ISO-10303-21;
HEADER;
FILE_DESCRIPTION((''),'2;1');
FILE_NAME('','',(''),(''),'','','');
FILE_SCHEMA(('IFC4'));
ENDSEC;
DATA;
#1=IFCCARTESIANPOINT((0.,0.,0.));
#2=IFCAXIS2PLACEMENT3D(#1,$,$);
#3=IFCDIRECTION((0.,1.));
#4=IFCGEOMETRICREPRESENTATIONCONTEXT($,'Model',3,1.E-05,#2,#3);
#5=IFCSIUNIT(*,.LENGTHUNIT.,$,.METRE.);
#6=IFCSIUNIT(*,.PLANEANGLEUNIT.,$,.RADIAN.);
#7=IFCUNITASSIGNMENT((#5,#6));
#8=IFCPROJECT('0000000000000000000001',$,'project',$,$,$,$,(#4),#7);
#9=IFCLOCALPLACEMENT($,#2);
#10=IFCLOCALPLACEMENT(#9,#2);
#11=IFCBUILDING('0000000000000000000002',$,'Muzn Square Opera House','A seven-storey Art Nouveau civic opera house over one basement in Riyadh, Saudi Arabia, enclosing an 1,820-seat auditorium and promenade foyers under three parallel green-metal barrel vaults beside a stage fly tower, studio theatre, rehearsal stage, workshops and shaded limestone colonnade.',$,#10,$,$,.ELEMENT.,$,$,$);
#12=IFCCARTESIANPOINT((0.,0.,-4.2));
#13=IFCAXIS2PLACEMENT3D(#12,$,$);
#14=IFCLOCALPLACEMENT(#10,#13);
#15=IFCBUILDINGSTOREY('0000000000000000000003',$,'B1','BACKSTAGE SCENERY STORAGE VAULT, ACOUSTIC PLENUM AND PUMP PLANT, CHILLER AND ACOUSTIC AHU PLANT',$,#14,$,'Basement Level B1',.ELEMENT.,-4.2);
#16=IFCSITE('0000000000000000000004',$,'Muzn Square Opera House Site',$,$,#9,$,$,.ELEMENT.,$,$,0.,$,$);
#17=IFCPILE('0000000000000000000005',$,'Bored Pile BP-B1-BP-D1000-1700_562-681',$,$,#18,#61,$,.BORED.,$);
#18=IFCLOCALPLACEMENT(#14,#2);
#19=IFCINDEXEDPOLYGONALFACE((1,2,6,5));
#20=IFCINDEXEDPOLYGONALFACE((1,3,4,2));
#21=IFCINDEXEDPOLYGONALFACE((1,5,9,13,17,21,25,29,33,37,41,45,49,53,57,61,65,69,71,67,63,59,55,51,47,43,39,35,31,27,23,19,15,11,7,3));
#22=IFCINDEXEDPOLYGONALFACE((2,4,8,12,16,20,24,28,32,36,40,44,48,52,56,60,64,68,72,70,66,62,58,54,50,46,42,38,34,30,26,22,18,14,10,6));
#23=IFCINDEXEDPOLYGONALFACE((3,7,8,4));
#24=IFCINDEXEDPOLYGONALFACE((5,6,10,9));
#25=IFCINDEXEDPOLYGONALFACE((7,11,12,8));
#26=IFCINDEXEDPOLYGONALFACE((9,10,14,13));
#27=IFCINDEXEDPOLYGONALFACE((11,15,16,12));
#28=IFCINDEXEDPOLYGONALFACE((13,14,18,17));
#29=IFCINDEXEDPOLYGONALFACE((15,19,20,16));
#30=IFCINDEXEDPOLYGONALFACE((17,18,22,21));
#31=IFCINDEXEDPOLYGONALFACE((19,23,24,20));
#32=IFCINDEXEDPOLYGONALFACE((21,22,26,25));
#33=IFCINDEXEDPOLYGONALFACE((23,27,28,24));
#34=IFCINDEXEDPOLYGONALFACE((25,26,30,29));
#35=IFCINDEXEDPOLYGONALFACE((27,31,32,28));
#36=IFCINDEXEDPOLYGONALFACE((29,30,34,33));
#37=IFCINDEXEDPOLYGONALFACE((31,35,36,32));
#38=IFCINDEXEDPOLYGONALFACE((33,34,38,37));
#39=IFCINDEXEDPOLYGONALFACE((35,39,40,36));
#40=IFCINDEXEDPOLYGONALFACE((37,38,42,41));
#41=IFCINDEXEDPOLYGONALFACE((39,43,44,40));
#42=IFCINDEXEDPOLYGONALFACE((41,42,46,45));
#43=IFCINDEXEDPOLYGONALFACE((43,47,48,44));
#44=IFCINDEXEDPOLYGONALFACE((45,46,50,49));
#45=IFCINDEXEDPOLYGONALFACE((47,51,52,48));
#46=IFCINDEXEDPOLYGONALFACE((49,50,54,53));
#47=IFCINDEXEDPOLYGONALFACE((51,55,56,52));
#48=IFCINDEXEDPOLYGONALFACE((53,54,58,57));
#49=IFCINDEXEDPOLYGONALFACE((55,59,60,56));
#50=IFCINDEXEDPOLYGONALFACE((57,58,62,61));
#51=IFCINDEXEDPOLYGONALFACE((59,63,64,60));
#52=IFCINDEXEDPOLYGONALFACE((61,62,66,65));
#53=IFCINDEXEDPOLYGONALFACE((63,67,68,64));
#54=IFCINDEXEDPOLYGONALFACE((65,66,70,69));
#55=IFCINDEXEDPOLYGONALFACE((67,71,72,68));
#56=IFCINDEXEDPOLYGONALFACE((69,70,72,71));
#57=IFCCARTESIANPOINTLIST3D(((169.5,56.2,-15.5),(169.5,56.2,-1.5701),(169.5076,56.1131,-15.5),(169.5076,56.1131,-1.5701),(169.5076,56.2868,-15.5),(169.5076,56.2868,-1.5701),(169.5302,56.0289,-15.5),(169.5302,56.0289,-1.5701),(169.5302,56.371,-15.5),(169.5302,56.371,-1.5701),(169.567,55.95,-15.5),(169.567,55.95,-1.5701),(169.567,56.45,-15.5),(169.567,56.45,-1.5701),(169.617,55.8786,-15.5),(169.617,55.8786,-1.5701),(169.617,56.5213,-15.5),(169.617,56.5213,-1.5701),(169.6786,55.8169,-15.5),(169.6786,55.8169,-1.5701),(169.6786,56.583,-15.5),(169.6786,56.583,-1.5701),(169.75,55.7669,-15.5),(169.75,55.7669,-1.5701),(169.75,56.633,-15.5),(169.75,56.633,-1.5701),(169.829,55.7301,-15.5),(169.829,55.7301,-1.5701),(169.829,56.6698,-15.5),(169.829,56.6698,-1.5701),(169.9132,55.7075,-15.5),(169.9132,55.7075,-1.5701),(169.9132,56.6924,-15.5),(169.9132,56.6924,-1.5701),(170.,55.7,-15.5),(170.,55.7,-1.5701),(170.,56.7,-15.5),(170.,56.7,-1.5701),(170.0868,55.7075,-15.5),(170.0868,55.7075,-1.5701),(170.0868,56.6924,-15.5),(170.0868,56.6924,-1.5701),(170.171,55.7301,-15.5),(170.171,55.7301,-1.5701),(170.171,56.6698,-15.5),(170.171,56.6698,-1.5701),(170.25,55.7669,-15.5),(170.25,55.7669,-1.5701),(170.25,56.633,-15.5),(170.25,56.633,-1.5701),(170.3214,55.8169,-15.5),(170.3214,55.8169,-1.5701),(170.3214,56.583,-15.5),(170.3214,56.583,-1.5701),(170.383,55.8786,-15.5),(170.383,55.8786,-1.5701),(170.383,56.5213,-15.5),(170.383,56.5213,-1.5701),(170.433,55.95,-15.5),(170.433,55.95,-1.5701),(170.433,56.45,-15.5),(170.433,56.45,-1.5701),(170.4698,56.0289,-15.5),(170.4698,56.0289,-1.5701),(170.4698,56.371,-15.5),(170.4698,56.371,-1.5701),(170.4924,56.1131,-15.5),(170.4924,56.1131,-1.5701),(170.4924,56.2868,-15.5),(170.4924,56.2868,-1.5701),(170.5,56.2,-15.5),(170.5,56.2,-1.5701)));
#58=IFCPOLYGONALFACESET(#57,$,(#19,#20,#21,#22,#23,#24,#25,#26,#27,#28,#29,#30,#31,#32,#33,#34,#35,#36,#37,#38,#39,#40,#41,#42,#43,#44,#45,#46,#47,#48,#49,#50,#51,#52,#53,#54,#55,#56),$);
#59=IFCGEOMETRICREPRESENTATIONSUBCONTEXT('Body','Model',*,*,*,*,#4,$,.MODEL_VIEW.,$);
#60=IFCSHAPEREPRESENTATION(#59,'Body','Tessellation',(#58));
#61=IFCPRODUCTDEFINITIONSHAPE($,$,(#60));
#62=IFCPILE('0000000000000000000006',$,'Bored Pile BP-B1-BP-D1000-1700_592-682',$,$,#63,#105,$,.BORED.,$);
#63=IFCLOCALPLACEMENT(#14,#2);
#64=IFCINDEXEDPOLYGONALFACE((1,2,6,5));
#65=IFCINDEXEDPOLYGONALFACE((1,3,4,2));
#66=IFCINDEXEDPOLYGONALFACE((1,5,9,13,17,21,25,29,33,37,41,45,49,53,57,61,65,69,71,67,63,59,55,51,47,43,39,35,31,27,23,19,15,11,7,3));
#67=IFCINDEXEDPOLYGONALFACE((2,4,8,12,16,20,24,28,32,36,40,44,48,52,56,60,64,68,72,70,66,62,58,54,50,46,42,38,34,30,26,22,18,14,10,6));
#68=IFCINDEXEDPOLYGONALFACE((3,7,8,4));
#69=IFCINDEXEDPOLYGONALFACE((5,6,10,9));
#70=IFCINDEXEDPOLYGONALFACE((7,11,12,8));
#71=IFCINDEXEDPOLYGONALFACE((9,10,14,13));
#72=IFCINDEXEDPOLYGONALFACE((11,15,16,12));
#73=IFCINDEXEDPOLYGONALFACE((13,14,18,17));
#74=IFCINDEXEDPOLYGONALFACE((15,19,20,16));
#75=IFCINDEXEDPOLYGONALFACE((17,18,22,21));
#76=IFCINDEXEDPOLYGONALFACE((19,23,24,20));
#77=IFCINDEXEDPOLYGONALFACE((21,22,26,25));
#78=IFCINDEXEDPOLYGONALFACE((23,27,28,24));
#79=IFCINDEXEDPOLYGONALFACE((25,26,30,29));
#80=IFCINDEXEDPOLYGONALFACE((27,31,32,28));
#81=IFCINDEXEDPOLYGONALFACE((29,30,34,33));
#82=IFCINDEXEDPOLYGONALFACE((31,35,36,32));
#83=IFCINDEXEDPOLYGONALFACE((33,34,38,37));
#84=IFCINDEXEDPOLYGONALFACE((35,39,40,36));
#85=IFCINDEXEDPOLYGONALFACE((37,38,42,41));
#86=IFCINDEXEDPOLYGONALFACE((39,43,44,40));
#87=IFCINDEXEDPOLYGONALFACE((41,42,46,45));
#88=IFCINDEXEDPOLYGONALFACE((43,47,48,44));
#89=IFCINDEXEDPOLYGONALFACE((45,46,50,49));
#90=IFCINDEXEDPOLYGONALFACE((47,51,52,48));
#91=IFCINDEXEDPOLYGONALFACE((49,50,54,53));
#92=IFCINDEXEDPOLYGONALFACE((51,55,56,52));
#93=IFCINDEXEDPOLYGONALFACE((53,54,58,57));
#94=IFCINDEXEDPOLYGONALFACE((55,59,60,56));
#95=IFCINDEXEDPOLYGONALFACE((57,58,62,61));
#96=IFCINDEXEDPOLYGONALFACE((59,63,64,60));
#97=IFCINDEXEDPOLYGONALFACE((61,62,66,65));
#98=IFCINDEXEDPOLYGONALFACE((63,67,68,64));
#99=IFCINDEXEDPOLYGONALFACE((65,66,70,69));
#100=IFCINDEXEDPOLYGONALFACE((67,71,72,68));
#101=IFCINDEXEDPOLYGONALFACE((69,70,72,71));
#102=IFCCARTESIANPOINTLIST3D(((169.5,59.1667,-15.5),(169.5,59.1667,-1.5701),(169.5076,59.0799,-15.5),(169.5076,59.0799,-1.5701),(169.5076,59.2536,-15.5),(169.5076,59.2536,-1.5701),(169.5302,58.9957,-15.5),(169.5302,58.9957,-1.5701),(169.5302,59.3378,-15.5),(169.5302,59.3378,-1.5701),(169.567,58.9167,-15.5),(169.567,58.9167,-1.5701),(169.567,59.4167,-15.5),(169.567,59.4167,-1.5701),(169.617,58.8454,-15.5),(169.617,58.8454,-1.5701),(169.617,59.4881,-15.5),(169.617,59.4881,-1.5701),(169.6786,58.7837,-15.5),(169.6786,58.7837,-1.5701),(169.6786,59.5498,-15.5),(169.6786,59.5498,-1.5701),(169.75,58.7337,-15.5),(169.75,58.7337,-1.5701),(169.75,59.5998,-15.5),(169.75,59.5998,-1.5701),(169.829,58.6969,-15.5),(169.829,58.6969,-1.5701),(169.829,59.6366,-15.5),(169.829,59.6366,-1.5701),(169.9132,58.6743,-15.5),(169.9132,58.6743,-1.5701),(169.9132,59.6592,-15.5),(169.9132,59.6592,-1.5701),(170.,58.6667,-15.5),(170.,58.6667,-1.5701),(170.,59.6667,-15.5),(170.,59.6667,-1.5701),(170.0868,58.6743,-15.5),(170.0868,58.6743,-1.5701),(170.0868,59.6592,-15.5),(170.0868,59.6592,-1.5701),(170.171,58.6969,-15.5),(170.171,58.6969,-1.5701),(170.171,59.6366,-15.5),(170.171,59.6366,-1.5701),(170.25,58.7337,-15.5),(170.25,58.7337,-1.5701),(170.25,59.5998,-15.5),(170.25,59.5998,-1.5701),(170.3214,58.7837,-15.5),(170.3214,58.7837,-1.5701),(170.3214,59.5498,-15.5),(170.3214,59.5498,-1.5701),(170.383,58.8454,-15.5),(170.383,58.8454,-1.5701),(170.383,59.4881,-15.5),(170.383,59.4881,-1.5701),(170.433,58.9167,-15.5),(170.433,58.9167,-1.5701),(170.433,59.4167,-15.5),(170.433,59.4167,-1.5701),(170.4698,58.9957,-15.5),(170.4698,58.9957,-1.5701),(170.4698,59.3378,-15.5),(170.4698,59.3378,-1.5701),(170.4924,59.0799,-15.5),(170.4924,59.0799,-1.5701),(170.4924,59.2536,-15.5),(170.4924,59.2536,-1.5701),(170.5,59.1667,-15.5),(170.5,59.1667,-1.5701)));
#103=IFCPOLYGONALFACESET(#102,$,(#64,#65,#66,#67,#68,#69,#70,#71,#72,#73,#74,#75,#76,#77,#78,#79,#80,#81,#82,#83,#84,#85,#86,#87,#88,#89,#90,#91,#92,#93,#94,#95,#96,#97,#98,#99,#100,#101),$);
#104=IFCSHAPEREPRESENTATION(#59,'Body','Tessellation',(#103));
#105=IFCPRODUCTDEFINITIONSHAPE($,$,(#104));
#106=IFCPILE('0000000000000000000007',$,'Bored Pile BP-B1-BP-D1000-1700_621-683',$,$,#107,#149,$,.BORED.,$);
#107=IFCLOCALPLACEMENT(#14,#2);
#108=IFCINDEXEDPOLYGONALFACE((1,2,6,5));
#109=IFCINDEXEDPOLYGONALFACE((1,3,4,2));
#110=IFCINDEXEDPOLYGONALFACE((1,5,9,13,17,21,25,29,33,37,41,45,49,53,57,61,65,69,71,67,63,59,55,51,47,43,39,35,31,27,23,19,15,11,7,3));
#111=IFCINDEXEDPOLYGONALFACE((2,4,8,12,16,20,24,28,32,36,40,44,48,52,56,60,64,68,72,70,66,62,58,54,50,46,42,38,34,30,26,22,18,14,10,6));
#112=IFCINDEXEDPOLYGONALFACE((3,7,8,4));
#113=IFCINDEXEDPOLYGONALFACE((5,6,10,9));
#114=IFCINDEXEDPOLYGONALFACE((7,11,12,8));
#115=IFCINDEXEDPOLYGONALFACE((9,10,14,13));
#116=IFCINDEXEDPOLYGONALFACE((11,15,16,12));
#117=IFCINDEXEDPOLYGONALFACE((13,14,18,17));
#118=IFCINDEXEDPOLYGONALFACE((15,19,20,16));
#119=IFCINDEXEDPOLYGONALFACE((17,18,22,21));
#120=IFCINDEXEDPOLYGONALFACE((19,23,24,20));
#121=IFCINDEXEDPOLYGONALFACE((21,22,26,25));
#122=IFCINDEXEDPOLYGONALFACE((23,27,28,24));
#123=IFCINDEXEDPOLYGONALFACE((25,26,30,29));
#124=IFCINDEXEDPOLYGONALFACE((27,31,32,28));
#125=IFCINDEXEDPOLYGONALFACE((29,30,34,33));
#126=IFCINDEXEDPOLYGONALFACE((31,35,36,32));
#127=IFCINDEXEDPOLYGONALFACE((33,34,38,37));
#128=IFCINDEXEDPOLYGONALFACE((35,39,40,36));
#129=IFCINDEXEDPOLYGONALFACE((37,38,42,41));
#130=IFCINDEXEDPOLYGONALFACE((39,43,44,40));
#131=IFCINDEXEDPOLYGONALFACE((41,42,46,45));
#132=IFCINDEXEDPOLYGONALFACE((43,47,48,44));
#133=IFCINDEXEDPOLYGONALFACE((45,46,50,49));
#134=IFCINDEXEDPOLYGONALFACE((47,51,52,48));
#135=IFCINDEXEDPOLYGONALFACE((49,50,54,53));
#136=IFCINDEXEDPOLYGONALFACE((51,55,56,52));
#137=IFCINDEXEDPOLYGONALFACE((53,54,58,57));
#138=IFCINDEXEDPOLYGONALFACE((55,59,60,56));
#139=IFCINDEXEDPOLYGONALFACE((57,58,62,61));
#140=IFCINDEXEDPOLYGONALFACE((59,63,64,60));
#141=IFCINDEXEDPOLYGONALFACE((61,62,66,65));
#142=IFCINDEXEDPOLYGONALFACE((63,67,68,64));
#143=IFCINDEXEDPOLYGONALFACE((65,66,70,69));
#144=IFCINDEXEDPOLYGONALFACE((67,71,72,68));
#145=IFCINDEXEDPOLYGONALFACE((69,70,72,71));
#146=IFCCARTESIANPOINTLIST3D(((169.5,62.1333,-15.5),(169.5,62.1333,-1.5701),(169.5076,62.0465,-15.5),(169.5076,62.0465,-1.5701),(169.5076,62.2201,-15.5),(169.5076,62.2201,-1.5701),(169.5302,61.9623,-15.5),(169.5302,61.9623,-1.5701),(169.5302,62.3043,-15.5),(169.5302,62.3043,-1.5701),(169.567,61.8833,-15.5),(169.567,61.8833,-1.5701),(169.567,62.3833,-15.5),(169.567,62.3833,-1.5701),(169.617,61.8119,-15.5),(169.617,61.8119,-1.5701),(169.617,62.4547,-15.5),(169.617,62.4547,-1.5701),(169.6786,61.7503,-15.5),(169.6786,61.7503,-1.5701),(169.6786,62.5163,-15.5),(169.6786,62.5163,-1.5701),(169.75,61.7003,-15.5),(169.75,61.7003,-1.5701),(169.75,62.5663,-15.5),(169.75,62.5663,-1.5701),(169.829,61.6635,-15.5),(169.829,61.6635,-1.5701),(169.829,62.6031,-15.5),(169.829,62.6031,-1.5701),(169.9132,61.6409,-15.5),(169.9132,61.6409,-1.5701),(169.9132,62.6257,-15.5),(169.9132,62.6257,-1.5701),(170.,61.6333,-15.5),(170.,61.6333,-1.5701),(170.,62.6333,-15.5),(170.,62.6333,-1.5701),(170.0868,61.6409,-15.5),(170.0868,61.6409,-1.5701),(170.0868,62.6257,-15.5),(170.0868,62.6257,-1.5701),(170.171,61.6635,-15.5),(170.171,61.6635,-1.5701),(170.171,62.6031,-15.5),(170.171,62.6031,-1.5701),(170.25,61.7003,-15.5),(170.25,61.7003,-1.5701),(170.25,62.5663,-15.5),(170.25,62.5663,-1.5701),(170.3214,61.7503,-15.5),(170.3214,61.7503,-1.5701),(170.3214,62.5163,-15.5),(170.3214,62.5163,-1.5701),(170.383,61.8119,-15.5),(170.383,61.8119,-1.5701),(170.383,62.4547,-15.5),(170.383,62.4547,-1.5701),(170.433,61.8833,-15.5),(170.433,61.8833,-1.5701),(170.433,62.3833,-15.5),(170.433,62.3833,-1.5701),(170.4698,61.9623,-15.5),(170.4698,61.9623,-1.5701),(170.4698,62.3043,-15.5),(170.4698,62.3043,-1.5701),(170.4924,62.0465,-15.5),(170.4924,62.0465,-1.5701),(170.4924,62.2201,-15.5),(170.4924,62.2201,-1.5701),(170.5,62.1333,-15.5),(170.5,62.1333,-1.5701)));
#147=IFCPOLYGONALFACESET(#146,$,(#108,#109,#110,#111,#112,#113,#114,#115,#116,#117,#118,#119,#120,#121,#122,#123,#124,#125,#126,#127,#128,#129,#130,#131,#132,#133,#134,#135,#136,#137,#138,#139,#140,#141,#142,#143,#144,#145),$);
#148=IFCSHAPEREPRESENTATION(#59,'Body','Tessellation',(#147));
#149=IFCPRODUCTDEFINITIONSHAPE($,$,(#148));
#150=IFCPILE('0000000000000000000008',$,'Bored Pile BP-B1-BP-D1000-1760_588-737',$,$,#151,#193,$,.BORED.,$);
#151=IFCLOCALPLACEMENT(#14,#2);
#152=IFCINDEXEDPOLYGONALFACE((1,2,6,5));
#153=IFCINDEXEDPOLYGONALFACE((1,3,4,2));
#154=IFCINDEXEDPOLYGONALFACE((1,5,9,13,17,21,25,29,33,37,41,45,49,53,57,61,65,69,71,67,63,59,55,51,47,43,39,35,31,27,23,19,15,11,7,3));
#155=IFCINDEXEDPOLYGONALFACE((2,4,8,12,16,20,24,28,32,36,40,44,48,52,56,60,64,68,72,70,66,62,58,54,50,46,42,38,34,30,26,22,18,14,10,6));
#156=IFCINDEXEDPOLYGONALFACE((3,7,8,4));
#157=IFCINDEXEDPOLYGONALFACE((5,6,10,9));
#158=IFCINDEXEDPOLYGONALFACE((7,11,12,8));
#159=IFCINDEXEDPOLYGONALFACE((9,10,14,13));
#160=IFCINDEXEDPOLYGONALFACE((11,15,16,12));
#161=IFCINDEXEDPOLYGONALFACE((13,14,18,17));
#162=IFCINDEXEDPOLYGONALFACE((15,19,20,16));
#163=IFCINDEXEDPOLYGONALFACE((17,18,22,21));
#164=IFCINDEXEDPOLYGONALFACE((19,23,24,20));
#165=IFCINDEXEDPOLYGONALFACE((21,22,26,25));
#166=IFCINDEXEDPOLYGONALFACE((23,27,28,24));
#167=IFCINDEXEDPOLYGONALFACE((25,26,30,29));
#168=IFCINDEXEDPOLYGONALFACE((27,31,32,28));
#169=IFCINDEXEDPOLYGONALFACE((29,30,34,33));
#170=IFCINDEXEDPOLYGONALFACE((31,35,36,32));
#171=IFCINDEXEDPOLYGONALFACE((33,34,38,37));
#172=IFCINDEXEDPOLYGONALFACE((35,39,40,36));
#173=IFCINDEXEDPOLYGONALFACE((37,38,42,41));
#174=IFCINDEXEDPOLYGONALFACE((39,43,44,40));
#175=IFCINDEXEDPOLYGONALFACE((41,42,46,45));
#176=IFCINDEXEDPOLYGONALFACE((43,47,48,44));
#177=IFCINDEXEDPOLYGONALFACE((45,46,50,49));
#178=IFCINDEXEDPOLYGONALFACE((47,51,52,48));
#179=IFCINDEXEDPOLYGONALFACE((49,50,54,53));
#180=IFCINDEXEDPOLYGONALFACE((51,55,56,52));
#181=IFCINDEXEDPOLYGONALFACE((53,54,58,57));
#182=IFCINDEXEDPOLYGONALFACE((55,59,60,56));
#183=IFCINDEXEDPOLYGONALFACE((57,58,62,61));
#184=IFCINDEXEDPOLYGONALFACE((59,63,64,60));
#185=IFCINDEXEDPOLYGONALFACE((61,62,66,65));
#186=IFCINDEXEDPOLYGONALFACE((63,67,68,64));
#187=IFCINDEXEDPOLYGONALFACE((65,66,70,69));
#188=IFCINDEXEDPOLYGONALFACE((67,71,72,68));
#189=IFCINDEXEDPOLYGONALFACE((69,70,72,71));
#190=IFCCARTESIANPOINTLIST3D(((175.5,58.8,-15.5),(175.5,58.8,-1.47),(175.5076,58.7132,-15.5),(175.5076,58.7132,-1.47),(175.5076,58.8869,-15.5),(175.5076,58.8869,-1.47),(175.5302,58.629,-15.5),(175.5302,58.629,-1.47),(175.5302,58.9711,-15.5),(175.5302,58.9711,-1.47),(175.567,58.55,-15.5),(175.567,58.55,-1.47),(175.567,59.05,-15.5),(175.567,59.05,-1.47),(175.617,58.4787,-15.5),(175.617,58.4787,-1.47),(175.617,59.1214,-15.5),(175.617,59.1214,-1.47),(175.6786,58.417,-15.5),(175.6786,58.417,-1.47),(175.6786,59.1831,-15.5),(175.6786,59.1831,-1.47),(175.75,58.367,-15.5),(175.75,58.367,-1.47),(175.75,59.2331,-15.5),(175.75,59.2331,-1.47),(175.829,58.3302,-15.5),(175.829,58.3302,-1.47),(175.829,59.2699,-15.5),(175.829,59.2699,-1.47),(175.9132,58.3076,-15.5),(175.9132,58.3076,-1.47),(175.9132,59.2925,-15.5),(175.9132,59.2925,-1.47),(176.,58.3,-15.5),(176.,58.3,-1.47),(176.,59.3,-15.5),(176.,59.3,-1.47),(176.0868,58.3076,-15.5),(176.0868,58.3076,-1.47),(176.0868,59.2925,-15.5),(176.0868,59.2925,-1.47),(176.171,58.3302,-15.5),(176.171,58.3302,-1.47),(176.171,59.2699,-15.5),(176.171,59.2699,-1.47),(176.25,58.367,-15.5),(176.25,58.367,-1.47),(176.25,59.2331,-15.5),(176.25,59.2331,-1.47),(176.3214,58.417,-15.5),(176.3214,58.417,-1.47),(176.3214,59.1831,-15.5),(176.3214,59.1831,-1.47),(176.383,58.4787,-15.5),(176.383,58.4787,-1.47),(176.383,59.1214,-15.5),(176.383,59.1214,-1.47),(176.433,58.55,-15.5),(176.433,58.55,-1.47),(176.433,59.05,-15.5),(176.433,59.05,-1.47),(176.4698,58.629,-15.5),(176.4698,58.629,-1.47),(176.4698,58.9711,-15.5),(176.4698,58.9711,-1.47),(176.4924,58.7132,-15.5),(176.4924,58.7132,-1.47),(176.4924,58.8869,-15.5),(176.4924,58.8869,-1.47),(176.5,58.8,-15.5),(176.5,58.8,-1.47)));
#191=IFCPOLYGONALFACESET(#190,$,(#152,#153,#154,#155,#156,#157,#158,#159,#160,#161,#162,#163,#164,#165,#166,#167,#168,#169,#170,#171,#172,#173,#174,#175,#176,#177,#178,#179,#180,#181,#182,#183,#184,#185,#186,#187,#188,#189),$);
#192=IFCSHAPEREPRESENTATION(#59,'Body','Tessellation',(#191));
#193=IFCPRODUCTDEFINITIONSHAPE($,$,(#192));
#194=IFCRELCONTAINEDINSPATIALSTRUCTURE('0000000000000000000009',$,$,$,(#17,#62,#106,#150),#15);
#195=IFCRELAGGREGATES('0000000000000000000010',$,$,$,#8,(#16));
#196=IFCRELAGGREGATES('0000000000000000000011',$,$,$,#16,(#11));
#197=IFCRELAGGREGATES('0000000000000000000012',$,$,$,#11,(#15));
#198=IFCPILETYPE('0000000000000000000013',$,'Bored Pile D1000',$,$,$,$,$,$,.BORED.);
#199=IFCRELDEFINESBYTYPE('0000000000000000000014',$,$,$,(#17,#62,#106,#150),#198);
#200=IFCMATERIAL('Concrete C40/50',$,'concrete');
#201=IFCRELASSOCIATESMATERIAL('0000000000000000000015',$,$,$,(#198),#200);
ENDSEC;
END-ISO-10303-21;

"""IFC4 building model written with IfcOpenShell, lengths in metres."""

from ifc_helpers import new_model, si_unit, direction, frame, origin, origin_2d, place, context, subcontext, project, spatial, circle, extrude, material, material_profile, profile_set, type_object, element, save


model = new_model("IFC4")

# Units and contexts
model_context = context("Model", 3, precision=1e-05, world=origin(), true_north=direction((0.0, 1.0)))
body_context = subcontext(model_context, "Body", "Model", "MODEL_VIEW")
ifc_project = project(units=[si_unit("LENGTHUNIT", "METRE"), si_unit("PLANEANGLEUNIT", "RADIAN")], contexts=[model_context])

# Site, building, storey
site_placement = place(None, origin())
site = spatial("IfcSite", under=ifc_project, at=site_placement, Name="Muzn Square Opera House Site", CompositionType="ELEMENT", RefElevation=0.0)
building_placement = place(site_placement, origin())
building = spatial("IfcBuilding", under=site, at=building_placement, Name="Muzn Square Opera House", Description="A seven-storey Art Nouveau civic opera house over one basement in Riyadh, Saudi Arabia, enclosing an 1,820-seat auditorium and promenade foyers under three parallel green-metal barrel vaults beside a stage fly tower, studio theatre, rehearsal stage, workshops and shaded limestone colonnade.", CompositionType="ELEMENT")
storey_placement = place(building_placement, frame((0.0, 0.0, -4.2)))
storey = spatial("IfcBuildingStorey", under=building, at=storey_placement, Name="B1", Description="BACKSTAGE SCENERY STORAGE VAULT, ACOUSTIC PLENUM AND PUMP PLANT, CHILLER AND ACOUSTIC AHU PLANT", LongName="Basement Level B1", CompositionType="ELEMENT", Elevation=-4.2)

# Piles
ifc_material_1 = material(Name="Concrete C40/50", Category="concrete")
ifc_material_profile_1 = material_profile(ifc_material_1, circle(Radius=0.5, at=origin_2d()), Name="BORED PILE D1000", Category="concrete")
ifc_profile_set_1 = profile_set([ifc_material_profile_1], Name="Concrete C40/50")
pile_type = type_object("IfcPileType", Name="Bored Pile D1000", PredefinedType="BORED", material=ifc_profile_set_1)
for number, where, z_axis, x_axis, name in (
    (1, (170.0, 56.2, -1.5701), (0.0, 0.0, -1.0), (1.0, 0.0, 0.0), "Bored Pile BP-B1-BP-D1000-1700_562-681"),
    (2, (170.0, 59.1667, -1.5701), (0.0, 0.0, -1.0), (1.0, 0.0, 0.0), "Bored Pile BP-B1-BP-D1000-1700_592-682"),
    (3, (170.0, 62.1333, -1.5701), (0.0, 0.0, -1.0), (1.0, 0.0, 0.0), "Bored Pile BP-B1-BP-D1000-1700_621-683"),
):
    element("IfcPile", number, at=place(storey_placement, frame(where, z_axis=z_axis, x_axis=x_axis)), inside=storey, type_object=pile_type, Name=name, PredefinedType="BORED", context=body_context, shape_type="SweptSolid", body=[
        extrude(circle(Radius=0.5, at=origin_2d()), origin(), (0.0, 0.0, 1.0), 13.9299),
    ])
for number, where, z_axis, x_axis, name in (
    (4, (176.0, 58.8, -1.47), (0.0, 0.0, -1.0), (1.0, 0.0, 0.0), "Bored Pile BP-B1-BP-D1000-1760_588-737"),
):
    element("IfcPile", number, at=place(storey_placement, frame(where, z_axis=z_axis, x_axis=x_axis)), inside=storey, type_object=pile_type, Name=name, PredefinedType="BORED", context=body_context, shape_type="SweptSolid", body=[
        extrude(circle(Radius=0.5, at=origin_2d()), origin(), (0.0, 0.0, 1.0), 14.03),
    ])

save(model, "model.ifc")
